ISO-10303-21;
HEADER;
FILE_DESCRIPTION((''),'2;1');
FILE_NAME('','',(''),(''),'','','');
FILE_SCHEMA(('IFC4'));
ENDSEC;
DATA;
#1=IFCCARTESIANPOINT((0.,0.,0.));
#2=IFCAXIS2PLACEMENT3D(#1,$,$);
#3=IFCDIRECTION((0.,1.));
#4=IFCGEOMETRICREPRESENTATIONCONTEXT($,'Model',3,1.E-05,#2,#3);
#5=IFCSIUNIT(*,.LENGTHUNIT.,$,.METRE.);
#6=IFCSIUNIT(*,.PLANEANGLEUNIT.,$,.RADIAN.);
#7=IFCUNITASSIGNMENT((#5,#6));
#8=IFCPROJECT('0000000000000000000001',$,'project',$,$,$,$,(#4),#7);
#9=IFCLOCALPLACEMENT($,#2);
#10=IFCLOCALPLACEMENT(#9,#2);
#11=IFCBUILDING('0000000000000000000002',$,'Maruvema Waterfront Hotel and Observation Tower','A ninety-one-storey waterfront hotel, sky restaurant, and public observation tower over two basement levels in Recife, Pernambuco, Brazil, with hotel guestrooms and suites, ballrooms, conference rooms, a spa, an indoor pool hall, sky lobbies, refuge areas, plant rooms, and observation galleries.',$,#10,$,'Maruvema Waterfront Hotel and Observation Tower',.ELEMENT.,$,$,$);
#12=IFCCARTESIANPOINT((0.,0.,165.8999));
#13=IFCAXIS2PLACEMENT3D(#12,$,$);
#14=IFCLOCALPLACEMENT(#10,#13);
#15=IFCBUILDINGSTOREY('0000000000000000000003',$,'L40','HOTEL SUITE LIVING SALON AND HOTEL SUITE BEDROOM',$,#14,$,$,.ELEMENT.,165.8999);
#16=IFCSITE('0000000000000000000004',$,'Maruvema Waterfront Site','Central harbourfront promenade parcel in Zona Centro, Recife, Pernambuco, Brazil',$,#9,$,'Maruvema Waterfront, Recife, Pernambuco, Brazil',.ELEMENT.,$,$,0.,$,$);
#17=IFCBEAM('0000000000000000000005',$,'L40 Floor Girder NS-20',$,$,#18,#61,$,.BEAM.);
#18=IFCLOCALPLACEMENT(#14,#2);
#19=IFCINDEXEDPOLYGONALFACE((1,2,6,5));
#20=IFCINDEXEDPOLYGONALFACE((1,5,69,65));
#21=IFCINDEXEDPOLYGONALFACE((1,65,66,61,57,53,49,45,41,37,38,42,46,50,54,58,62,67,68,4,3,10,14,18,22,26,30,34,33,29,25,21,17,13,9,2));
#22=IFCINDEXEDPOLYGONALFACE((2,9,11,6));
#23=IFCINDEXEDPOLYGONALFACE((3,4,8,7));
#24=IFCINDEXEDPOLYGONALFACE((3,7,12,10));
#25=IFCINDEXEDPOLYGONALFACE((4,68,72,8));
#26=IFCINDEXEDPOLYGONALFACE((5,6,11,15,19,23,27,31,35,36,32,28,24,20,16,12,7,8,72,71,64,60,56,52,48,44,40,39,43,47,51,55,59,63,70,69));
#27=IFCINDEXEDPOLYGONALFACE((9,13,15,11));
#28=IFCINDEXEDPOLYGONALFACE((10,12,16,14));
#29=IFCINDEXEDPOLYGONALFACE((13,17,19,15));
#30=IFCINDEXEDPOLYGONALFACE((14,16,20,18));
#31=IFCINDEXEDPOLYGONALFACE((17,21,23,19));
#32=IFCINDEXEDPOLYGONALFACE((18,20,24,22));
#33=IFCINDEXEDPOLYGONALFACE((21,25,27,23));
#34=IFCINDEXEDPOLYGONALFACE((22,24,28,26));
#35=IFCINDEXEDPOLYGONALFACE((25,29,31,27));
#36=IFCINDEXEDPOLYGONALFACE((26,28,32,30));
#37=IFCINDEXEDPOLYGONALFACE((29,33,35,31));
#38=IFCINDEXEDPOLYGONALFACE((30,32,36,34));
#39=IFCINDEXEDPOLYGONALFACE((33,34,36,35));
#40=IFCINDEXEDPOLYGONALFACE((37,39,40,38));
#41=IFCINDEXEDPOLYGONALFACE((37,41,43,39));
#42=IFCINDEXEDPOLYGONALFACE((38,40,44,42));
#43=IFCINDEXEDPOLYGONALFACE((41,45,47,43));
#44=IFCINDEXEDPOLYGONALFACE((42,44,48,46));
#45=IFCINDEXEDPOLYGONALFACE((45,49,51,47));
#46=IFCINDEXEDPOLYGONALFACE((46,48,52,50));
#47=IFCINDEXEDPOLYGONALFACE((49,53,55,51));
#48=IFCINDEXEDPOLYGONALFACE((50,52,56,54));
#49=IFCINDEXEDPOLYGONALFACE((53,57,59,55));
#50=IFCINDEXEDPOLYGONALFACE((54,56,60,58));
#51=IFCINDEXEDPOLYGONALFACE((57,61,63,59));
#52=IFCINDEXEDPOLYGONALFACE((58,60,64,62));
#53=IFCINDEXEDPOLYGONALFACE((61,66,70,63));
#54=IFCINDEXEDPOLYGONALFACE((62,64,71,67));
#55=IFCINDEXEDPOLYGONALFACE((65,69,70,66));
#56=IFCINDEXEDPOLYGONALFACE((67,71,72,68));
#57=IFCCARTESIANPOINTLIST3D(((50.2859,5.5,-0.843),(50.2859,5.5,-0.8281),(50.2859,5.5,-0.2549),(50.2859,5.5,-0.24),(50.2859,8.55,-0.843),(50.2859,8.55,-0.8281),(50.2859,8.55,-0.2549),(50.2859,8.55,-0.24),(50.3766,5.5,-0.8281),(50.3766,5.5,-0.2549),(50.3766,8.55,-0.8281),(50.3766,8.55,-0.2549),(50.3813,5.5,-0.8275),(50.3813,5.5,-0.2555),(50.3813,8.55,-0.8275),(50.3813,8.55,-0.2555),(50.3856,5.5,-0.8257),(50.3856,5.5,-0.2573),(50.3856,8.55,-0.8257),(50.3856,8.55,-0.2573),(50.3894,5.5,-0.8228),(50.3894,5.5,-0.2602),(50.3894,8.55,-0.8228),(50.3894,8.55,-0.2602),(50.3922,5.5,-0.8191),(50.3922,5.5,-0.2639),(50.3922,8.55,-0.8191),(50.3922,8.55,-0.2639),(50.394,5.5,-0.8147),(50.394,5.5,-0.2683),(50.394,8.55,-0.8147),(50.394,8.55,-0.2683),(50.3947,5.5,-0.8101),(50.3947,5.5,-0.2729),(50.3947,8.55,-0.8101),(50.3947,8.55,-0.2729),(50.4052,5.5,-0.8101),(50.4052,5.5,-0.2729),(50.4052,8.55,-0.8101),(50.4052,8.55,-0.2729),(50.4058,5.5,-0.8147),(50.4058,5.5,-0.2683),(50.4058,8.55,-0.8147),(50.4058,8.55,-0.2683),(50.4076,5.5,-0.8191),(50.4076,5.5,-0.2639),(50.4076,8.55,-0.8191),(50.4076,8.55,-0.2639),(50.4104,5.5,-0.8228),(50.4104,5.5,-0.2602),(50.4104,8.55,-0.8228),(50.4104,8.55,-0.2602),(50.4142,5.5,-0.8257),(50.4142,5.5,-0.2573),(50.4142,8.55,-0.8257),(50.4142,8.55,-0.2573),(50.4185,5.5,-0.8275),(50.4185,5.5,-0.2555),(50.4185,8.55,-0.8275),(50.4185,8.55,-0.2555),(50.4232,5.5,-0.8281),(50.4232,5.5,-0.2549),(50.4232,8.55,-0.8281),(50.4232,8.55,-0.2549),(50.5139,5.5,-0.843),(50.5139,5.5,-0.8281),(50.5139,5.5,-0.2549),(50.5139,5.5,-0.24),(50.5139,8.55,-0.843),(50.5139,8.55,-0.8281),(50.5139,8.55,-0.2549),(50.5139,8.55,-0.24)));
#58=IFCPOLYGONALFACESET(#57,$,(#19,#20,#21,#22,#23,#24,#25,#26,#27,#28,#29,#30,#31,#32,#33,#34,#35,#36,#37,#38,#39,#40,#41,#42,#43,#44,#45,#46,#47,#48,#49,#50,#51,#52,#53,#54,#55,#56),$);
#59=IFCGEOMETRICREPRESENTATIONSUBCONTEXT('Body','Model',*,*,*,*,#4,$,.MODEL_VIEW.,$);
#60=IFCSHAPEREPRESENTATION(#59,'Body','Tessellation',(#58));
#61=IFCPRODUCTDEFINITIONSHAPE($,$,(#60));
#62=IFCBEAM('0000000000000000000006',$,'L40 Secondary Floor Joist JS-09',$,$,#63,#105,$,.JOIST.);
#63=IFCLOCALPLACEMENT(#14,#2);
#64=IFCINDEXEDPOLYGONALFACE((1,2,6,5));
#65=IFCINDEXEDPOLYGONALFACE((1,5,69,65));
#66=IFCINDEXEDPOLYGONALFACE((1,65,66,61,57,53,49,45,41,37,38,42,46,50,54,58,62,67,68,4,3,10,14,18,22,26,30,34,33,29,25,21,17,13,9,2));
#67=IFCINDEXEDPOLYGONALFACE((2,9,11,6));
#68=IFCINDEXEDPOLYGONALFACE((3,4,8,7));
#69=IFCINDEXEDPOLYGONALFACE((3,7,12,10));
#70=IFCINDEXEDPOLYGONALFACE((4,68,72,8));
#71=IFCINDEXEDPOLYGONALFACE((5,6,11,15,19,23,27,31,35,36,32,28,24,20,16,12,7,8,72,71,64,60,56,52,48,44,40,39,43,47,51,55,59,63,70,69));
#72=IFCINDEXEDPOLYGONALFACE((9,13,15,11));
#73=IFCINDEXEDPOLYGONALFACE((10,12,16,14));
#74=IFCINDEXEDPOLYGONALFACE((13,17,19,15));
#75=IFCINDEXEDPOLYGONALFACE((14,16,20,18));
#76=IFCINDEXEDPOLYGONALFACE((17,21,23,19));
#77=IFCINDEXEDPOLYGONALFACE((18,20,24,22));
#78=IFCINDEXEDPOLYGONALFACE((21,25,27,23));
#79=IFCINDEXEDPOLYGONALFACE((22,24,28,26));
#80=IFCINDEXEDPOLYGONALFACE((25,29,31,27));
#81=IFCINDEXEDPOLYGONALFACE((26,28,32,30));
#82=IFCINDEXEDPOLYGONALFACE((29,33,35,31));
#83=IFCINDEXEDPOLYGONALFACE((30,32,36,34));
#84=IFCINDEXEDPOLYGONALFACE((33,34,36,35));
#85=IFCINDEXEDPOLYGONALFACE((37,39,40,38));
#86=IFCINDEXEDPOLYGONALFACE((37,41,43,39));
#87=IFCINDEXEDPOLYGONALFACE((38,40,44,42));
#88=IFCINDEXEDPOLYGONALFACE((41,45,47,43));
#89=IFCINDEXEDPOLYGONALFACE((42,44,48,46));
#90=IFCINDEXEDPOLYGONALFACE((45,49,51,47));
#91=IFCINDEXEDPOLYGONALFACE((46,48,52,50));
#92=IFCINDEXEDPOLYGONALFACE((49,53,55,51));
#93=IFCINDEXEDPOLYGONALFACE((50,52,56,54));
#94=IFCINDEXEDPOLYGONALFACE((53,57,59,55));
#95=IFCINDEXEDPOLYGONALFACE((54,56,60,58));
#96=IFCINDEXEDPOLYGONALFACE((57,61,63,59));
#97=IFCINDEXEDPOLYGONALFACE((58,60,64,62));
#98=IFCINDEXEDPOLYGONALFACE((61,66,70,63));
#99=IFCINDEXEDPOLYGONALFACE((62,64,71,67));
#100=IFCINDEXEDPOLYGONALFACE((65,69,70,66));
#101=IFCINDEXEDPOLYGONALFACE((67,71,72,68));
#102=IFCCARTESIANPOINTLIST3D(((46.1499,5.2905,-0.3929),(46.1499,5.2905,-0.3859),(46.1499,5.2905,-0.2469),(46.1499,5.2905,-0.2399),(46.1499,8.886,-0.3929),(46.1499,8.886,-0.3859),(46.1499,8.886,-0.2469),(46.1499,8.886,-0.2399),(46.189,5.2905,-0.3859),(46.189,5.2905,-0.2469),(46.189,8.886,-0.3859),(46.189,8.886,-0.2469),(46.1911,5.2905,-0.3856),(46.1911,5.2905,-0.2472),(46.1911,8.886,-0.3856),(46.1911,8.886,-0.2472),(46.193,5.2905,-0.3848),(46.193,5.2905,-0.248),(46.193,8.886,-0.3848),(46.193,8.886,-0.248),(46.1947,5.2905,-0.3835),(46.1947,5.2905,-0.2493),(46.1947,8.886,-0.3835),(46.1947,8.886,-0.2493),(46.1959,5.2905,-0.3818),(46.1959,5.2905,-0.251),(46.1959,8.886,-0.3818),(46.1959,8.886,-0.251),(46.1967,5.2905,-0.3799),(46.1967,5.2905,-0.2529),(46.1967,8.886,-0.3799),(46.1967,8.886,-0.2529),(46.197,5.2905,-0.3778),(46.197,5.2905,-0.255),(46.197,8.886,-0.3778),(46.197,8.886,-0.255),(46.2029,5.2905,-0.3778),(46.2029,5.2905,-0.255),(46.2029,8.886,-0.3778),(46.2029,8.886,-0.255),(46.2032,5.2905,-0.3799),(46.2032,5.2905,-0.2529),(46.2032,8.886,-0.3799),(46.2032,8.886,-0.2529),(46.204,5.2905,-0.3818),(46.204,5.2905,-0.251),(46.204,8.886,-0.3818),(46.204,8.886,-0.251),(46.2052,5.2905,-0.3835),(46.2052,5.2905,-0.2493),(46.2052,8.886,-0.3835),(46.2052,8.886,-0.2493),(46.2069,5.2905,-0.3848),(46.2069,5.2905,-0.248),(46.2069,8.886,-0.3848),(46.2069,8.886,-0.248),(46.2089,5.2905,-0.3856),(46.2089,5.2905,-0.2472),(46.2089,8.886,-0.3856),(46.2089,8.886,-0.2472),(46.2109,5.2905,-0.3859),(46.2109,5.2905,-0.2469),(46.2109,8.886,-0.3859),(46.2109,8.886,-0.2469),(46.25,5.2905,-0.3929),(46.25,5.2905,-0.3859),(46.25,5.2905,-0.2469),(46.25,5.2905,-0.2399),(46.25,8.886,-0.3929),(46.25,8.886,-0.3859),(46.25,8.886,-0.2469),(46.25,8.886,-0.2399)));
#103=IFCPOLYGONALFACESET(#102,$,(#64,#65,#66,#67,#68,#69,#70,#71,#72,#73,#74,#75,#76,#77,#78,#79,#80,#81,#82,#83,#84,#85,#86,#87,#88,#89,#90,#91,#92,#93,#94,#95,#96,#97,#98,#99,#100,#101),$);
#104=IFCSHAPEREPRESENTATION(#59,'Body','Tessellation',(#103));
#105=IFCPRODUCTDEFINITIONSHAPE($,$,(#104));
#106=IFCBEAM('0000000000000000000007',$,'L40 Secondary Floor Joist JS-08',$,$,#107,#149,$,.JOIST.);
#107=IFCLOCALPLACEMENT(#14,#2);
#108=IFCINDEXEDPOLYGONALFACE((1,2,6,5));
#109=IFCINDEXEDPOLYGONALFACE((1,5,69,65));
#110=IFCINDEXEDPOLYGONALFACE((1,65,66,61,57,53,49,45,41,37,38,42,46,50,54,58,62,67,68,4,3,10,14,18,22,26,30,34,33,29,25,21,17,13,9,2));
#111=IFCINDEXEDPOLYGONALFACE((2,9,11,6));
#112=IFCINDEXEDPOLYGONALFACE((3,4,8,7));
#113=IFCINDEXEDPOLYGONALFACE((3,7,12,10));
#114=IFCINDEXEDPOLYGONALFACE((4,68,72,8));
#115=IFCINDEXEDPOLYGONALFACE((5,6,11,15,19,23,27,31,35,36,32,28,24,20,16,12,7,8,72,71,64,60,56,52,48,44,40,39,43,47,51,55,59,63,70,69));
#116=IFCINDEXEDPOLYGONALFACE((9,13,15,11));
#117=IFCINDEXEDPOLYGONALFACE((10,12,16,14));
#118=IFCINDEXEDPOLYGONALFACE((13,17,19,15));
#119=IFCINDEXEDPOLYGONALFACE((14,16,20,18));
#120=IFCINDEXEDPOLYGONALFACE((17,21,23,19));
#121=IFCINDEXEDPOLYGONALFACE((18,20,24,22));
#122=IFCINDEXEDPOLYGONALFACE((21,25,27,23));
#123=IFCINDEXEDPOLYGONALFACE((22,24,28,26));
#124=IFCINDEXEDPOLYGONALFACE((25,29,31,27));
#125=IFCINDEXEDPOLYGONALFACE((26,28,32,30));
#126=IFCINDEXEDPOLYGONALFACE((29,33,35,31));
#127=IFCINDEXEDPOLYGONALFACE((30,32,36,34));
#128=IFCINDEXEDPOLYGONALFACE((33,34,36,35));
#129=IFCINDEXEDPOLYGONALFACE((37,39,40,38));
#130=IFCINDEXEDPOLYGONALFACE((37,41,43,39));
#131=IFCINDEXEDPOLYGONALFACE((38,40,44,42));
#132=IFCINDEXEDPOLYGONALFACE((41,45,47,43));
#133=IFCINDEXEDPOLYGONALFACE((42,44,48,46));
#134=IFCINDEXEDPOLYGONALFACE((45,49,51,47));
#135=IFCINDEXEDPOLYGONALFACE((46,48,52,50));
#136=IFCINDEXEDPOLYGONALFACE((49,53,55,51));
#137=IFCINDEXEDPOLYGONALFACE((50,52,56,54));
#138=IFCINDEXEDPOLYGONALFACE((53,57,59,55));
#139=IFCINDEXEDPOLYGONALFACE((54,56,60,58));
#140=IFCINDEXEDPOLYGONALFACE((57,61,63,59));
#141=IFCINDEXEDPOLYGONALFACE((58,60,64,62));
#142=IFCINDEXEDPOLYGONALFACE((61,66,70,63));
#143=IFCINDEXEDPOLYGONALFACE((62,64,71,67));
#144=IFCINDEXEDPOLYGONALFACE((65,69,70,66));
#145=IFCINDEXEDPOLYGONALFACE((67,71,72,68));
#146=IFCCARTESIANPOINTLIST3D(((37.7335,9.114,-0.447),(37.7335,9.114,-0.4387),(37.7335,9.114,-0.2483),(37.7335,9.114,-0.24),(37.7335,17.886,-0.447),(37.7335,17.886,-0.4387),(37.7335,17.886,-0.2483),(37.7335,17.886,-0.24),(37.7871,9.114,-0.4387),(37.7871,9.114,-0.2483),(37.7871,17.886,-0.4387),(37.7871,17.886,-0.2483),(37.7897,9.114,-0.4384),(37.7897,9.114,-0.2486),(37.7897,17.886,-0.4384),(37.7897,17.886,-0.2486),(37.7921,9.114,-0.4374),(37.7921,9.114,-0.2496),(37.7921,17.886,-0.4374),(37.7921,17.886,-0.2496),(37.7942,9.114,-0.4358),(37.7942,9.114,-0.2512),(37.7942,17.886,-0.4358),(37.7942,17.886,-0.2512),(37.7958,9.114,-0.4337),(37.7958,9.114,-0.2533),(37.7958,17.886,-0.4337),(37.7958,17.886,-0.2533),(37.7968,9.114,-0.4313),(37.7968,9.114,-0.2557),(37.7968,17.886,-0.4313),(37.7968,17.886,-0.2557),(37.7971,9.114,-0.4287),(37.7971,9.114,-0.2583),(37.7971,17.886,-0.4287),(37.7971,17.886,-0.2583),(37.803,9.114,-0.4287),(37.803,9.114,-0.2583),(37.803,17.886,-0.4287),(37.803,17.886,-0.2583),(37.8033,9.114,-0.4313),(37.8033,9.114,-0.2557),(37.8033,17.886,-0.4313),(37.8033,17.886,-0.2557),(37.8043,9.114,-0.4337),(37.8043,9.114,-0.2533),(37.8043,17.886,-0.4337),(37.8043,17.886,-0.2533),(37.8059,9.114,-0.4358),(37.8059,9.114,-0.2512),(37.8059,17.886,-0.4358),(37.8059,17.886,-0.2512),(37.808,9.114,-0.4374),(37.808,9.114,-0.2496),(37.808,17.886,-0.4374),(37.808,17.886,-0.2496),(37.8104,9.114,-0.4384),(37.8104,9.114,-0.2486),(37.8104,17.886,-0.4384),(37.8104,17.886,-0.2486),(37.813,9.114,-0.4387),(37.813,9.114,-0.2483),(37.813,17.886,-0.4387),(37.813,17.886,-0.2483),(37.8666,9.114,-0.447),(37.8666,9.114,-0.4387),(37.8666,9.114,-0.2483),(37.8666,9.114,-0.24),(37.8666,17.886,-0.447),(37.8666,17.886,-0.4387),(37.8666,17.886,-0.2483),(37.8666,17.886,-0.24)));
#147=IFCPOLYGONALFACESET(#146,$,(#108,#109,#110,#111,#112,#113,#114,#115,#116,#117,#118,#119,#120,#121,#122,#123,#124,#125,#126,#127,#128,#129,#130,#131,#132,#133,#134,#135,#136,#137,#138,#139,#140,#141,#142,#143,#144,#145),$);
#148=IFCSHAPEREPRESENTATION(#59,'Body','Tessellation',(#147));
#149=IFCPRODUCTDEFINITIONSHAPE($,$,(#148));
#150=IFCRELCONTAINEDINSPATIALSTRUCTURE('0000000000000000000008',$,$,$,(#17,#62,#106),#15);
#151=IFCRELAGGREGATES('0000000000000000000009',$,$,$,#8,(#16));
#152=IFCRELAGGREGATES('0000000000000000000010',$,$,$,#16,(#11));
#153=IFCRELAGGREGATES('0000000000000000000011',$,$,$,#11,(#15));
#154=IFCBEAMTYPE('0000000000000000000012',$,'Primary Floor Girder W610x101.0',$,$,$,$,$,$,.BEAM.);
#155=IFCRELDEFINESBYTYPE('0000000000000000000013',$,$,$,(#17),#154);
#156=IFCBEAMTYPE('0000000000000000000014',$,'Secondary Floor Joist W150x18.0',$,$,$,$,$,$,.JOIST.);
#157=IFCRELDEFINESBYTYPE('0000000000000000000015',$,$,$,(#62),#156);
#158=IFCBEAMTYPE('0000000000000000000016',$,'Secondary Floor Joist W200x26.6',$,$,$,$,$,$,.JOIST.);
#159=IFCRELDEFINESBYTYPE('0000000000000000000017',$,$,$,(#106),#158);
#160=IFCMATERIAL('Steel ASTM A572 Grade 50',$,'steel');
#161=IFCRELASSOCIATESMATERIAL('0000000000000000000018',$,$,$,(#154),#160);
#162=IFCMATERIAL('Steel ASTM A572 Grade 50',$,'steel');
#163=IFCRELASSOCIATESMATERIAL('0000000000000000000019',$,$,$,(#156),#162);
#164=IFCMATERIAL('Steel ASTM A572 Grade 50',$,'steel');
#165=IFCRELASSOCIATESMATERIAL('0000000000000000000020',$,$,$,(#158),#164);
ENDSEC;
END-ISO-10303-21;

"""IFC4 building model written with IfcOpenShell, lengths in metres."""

from ifc_helpers import new_model, si_unit, direction, frame, origin, origin_2d, place, context, subcontext, project, spatial, i_section, extrude, material, material_profile, profile_set, type_object, element, save


model = new_model("IFC4")

# Units and contexts
model_context = context("Model", 3, precision=1e-05, world=origin(), true_north=direction((0.0, 1.0)))
body_context = subcontext(model_context, "Body", "Model", "MODEL_VIEW")
ifc_project = project(units=[si_unit("LENGTHUNIT", "METRE"), si_unit("PLANEANGLEUNIT", "RADIAN")], contexts=[model_context])

# Site, building, storey
site_placement = place(None, origin())
site = spatial("IfcSite", under=ifc_project, at=site_placement, Name="Maruvema Waterfront Site", Description="Central harbourfront promenade parcel in Zona Centro, Recife, Pernambuco, Brazil", LongName="Maruvema Waterfront, Recife, Pernambuco, Brazil", CompositionType="ELEMENT", RefElevation=0.0)
building_placement = place(site_placement, origin())
building = spatial("IfcBuilding", under=site, at=building_placement, Name="Maruvema Waterfront Hotel and Observation Tower", Description="A ninety-one-storey waterfront hotel, sky restaurant, and public observation tower over two basement levels in Recife, Pernambuco, Brazil, with hotel guestrooms and suites, ballrooms, conference rooms, a spa, an indoor pool hall, sky lobbies, refuge areas, plant rooms, and observation galleries.", LongName="Maruvema Waterfront Hotel and Observation Tower", CompositionType="ELEMENT")
storey_placement = place(building_placement, frame((0.0, 0.0, 165.8999)))
storey = spatial("IfcBuildingStorey", under=building, at=storey_placement, Name="L40", Description="HOTEL SUITE LIVING SALON AND HOTEL SUITE BEDROOM", CompositionType="ELEMENT", Elevation=165.8999)

# Beams
ifc_material_1 = material(Name="Steel ASTM A572 Grade 50", Category="steel")
ifc_material_profile_1 = material_profile(ifc_material_1, i_section(OverallWidth=0.228, OverallDepth=0.603, WebThickness=0.0105, FlangeThickness=0.0149, FilletRadius=0.0181, at=origin_2d()), Name="W610x101.0")
ifc_profile_set_1 = profile_set([ifc_material_profile_1], Name="Steel ASTM A572 Grade 50")
beam_type_1 = type_object("IfcBeamType", Name="Primary Floor Girder W610x101.0", PredefinedType="BEAM", material=ifc_profile_set_1)
beam_1_placement = place(storey_placement, frame((50.3999, 5.5, -0.5415), z_axis=(0.0, 1.0, 0.0), x_axis=(-1.0, 0.0, 0.0)))
element("IfcBeam", 1, at=beam_1_placement, inside=storey, type_object=beam_type_1, Name="L40 Floor Girder NS-20", PredefinedType="BEAM", context=body_context, shape_type="SweptSolid", body=[
    extrude(i_section(OverallWidth=0.228, OverallDepth=0.603, WebThickness=0.0105, FlangeThickness=0.0149, FilletRadius=0.0181, at=origin_2d()), origin(), (0.0, 0.0, 1.0), 3.05),
])
ifc_material_2 = material(Name="Steel ASTM A572 Grade 50", Category="steel")
ifc_material_profile_2 = material_profile(ifc_material_2, i_section(OverallWidth=0.1001, OverallDepth=0.1531, WebThickness=0.0059, FlangeThickness=0.0071, FilletRadius=0.0081, at=origin_2d()), Name="W150x18.0")
ifc_profile_set_2 = profile_set([ifc_material_profile_2], Name="Steel ASTM A572 Grade 50")
beam_type_2 = type_object("IfcBeamType", Name="Secondary Floor Joist W150x18.0", PredefinedType="JOIST", material=ifc_profile_set_2)
beam_2_placement = place(storey_placement, frame((46.2, 5.2905, -0.3164), z_axis=(0.0, 1.0, 0.0), x_axis=(-1.0, 0.0, 0.0)))
element("IfcBeam", 2, at=beam_2_placement, inside=storey, type_object=beam_type_2, Name="L40 Secondary Floor Joist JS-09", PredefinedType="JOIST", context=body_context, shape_type="SweptSolid", body=[
    extrude(i_section(OverallWidth=0.1001, OverallDepth=0.1531, WebThickness=0.0059, FlangeThickness=0.0071, FilletRadius=0.0081, at=origin_2d()), origin(), (0.0, 0.0, 1.0), 3.5955),
])
ifc_material_3 = material(Name="Steel ASTM A572 Grade 50", Category="steel")
ifc_material_profile_3 = material_profile(ifc_material_3, i_section(OverallWidth=0.1331, OverallDepth=0.207, WebThickness=0.0059, FlangeThickness=0.0083, FilletRadius=0.01, at=origin_2d()), Name="W200x26.6")
ifc_profile_set_3 = profile_set([ifc_material_profile_3], Name="Steel ASTM A572 Grade 50")
beam_type_3 = type_object("IfcBeamType", Name="Secondary Floor Joist W200x26.6", PredefinedType="JOIST", material=ifc_profile_set_3)
beam_3_placement = place(storey_placement, frame((37.8, 9.114, -0.3435), z_axis=(0.0, 1.0, 0.0), x_axis=(-1.0, 0.0, 0.0)))
element("IfcBeam", 3, at=beam_3_placement, inside=storey, type_object=beam_type_3, Name="L40 Secondary Floor Joist JS-08", PredefinedType="JOIST", context=body_context, shape_type="SweptSolid", body=[
    extrude(i_section(OverallWidth=0.1331, OverallDepth=0.207, WebThickness=0.0059, FlangeThickness=0.0083, FilletRadius=0.01, at=origin_2d()), origin(), (0.0, 0.0, 1.0), 8.772),
])

save(model, "model.ifc")
